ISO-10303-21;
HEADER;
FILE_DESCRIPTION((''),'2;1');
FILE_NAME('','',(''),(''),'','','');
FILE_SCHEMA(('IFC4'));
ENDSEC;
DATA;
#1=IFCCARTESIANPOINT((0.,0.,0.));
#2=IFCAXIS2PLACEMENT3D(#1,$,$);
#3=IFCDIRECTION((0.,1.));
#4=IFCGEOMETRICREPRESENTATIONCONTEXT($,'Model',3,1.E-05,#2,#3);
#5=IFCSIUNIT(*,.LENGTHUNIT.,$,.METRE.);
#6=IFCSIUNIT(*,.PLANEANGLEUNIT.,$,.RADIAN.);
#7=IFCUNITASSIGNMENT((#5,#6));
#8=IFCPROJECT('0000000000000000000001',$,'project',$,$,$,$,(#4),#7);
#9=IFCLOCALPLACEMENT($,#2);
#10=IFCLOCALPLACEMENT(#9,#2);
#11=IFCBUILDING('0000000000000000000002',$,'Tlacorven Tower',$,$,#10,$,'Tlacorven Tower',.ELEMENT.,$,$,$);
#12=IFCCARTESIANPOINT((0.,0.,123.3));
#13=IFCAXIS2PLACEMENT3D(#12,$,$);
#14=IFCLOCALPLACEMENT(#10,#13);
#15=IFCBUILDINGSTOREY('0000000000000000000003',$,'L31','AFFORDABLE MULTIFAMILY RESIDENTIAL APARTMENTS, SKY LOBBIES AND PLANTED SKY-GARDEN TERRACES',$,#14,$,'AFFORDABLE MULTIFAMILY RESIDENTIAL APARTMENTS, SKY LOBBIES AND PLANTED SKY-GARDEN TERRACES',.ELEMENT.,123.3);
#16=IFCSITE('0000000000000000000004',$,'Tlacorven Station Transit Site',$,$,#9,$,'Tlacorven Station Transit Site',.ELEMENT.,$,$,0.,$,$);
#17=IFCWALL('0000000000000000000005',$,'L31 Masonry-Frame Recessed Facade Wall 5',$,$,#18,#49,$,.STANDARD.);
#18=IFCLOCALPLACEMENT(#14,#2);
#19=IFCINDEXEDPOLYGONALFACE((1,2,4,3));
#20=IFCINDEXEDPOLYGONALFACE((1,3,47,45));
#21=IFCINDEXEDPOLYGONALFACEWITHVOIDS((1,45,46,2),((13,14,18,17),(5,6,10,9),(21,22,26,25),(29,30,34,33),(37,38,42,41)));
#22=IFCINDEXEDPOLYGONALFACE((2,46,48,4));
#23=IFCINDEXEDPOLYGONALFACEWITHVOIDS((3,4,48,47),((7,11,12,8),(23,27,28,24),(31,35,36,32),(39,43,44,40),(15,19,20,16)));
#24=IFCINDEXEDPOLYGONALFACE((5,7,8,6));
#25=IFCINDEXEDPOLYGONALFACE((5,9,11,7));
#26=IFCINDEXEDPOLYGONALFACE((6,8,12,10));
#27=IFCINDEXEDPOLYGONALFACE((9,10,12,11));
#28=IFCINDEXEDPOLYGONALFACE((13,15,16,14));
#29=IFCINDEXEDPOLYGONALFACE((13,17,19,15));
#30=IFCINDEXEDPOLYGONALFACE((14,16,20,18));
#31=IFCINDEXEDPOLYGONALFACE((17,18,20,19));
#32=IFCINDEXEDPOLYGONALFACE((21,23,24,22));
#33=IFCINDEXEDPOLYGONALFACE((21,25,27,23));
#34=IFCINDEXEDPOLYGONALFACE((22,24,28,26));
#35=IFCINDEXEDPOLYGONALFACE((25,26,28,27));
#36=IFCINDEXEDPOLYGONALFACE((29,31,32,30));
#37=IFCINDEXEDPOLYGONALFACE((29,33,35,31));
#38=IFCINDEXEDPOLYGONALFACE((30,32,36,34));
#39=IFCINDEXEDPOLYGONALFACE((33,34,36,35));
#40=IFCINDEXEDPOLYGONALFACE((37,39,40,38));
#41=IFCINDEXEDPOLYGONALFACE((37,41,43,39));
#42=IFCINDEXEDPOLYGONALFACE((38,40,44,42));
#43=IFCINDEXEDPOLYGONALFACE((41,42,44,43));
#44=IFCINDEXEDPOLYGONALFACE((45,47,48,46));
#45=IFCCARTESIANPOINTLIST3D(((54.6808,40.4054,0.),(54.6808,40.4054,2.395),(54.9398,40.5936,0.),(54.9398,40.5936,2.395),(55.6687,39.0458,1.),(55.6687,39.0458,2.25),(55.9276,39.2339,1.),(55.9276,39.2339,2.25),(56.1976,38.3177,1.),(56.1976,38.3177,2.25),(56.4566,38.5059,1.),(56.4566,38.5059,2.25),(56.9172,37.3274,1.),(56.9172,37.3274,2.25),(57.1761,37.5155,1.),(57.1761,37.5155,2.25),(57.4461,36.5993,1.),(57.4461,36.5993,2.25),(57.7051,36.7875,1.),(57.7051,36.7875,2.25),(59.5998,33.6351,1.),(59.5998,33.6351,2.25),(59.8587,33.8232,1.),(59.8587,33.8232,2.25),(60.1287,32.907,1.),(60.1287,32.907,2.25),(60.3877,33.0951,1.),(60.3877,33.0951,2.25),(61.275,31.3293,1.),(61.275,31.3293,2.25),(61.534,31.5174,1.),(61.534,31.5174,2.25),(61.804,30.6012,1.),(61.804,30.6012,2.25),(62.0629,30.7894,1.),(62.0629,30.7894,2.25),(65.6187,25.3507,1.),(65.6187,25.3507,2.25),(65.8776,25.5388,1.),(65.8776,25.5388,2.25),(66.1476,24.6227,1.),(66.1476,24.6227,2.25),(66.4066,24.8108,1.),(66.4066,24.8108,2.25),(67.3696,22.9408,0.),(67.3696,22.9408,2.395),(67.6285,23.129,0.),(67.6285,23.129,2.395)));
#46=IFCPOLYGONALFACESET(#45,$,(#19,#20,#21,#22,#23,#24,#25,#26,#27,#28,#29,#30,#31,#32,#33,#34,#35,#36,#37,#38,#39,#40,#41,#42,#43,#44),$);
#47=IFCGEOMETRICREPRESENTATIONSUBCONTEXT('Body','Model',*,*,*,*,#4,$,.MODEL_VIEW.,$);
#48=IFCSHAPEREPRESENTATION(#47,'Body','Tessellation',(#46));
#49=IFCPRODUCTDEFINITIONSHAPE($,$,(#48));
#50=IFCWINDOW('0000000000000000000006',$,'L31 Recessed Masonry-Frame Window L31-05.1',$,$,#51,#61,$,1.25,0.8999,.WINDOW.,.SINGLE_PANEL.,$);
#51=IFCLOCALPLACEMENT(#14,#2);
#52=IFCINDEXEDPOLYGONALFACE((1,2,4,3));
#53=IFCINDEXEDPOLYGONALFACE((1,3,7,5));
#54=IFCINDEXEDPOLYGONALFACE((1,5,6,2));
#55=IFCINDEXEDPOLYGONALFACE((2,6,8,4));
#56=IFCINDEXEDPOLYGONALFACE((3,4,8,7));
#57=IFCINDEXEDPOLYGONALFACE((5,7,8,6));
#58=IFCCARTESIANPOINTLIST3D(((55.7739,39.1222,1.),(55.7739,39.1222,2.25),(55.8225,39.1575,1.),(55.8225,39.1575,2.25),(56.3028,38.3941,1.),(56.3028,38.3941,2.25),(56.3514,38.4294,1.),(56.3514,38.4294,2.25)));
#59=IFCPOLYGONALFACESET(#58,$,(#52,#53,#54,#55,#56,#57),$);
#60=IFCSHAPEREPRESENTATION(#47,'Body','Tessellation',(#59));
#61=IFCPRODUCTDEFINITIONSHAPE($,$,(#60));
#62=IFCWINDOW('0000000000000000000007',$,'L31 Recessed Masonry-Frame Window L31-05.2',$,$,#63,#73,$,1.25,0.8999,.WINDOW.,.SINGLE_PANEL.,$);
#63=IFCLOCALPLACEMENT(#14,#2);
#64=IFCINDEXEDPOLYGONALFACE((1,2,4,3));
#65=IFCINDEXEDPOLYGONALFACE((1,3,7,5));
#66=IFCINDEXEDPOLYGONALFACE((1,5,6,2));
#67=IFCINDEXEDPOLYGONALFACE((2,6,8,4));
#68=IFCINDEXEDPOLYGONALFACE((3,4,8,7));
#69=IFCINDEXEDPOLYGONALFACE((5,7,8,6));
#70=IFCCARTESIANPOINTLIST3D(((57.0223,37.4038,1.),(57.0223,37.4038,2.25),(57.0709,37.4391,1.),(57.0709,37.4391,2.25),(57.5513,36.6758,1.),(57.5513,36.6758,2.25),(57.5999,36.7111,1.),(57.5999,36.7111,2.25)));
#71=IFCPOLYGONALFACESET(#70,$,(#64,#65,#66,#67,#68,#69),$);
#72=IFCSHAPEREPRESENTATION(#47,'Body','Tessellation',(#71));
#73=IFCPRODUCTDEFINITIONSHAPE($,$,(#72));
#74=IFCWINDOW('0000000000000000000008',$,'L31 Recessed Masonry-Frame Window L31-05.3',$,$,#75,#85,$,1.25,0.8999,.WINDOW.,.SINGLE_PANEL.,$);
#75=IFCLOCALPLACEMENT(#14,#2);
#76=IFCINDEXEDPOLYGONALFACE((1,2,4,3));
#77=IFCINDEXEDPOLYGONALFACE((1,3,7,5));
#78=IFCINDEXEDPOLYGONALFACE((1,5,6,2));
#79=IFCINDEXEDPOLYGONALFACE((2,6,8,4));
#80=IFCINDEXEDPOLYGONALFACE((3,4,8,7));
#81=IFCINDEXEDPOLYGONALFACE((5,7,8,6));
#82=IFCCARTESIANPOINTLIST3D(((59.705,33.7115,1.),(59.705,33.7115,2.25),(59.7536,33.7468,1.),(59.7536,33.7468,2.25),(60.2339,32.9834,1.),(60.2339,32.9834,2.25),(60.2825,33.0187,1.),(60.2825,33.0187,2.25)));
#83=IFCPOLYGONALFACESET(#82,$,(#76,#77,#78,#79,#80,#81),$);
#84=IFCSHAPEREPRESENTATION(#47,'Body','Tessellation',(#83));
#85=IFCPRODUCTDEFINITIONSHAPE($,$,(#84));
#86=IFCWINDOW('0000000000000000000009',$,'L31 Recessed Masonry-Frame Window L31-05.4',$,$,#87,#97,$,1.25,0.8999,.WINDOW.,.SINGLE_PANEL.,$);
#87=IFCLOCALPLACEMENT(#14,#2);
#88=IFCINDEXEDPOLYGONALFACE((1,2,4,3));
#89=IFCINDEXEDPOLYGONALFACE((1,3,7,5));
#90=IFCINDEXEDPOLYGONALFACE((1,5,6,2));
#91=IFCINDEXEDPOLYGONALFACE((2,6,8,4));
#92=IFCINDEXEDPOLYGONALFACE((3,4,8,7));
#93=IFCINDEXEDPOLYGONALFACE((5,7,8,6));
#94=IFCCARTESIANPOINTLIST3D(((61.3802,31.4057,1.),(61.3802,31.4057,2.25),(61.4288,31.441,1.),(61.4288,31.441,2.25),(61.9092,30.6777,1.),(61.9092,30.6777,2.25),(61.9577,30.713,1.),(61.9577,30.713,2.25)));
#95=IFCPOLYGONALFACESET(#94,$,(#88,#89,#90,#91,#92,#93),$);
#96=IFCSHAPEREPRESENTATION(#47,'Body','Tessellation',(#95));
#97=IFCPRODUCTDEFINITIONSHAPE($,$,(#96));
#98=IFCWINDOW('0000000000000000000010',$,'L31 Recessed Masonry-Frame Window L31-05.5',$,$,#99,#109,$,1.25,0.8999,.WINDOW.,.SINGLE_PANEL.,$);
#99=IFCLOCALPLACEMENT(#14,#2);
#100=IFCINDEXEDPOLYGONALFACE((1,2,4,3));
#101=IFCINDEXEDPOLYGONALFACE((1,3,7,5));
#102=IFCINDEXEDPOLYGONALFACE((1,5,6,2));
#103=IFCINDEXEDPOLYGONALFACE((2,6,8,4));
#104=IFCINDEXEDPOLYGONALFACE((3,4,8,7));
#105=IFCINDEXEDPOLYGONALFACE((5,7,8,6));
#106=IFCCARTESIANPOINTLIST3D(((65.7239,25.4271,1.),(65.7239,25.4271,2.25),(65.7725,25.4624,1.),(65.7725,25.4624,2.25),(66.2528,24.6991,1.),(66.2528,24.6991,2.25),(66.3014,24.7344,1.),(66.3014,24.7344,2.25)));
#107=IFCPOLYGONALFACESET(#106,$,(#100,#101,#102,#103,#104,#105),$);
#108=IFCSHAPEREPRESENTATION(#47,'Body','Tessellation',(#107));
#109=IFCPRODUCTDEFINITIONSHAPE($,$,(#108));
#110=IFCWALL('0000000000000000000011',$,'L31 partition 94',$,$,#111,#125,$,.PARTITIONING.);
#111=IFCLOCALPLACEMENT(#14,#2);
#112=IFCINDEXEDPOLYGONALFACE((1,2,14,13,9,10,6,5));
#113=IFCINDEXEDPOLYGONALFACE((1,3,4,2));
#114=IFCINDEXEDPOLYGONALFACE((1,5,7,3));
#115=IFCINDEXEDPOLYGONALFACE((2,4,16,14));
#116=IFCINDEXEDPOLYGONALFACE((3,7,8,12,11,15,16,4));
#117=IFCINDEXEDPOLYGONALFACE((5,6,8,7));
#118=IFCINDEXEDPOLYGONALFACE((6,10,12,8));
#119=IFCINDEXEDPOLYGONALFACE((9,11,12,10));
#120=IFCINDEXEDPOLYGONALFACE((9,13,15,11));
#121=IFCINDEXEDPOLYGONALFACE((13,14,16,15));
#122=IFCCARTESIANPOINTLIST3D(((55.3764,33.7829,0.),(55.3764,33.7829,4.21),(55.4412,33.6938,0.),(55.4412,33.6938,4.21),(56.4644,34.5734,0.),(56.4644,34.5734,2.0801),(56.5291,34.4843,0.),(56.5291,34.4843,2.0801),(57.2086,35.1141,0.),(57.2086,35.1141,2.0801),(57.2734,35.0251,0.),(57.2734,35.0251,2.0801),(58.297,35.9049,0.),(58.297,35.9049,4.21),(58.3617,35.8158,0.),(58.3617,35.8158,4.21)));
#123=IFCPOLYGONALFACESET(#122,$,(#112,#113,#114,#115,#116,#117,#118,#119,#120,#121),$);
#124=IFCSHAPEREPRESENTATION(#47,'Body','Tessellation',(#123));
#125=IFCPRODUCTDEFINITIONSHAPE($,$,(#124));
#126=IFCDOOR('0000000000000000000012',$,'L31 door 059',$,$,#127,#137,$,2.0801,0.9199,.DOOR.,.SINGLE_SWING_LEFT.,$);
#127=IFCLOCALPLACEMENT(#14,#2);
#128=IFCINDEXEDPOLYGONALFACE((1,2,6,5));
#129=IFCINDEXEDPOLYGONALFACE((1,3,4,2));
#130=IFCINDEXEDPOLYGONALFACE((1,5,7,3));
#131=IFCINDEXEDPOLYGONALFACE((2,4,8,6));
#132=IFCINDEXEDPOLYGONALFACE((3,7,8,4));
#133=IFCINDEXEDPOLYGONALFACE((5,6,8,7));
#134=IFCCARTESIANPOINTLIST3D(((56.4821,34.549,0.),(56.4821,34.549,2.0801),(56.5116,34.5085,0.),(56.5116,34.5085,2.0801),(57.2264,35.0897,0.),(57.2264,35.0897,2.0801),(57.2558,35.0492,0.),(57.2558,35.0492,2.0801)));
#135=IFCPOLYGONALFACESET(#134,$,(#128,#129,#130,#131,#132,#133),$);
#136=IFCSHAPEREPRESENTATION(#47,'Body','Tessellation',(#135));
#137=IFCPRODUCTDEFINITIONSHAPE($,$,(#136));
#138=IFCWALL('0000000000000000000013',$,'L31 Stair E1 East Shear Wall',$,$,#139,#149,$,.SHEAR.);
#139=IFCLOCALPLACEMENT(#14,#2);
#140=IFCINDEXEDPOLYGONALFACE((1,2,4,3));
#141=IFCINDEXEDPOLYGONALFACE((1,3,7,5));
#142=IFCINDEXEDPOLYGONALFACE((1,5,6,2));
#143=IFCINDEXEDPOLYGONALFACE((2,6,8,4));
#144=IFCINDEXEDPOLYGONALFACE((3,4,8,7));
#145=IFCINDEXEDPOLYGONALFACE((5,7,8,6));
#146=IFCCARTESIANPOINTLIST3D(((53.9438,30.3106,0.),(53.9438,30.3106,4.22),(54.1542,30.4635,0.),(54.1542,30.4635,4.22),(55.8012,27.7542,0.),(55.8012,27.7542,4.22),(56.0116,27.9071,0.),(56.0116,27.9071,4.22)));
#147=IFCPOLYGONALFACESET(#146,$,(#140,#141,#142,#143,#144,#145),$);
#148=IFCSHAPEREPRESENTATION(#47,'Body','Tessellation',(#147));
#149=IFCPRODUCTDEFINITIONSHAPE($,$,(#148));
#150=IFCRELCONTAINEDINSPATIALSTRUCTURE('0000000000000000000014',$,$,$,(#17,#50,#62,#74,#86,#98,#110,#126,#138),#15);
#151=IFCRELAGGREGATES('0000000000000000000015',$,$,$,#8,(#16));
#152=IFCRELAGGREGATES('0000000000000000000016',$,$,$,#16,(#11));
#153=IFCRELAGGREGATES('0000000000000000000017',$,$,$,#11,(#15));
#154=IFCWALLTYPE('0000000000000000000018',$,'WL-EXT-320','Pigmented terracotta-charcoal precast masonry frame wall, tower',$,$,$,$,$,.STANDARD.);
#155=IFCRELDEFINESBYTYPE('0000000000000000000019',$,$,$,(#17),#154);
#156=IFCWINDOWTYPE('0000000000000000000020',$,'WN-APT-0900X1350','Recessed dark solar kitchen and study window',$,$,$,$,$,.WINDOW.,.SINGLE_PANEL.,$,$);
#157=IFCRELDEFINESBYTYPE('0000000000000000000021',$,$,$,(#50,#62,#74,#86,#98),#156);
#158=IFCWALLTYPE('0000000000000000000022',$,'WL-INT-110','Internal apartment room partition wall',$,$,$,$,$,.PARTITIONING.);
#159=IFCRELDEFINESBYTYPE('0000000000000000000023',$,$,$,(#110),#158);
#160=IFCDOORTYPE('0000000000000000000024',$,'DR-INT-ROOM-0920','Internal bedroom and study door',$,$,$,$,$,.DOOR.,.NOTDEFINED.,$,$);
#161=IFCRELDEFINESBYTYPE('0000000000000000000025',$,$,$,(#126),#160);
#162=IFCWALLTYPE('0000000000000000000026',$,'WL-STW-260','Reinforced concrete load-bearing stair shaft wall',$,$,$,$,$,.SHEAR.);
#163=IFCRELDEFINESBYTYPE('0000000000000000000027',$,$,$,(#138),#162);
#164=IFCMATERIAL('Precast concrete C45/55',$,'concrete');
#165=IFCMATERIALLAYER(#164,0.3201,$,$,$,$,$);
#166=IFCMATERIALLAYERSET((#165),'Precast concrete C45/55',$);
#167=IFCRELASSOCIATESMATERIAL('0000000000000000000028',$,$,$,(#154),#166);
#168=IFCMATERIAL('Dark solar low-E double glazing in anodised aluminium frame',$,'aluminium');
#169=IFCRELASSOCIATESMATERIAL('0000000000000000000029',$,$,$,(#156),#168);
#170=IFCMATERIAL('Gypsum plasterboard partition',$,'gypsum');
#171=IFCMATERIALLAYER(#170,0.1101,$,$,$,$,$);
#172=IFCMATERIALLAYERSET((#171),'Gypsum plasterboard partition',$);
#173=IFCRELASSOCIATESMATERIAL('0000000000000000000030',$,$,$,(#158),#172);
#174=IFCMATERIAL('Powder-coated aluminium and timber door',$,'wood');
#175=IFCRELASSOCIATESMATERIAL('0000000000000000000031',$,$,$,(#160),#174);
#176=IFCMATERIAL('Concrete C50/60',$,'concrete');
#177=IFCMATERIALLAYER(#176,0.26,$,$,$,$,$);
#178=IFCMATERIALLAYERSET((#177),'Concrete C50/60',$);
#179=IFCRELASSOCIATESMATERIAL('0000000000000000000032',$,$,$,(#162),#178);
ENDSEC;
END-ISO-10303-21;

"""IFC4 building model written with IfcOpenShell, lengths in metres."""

from ifc_helpers import new_model, si_unit, direction, frame, frame_2d, origin, place, context, subcontext, project, spatial, rectangle, extrude, source, transform, mapped, material, layer, layer_set, type_object, element, fill, save


model = new_model("IFC4")

# Units and contexts
model_context = context("Model", 3, precision=1e-05, world=origin(), true_north=direction((0.0, 1.0)))
body_context = subcontext(model_context, "Body", "Model", "MODEL_VIEW")
ifc_project = project(units=[si_unit("LENGTHUNIT", "METRE"), si_unit("PLANEANGLEUNIT", "RADIAN")], contexts=[model_context])

# Site, building, storey
site_placement = place(None, origin())
site = spatial("IfcSite", under=ifc_project, at=site_placement, Name="Tlacorven Station Transit Site", LongName="Tlacorven Station Transit Site", CompositionType="ELEMENT", RefElevation=0.0)
building_placement = place(site_placement, origin())
building = spatial("IfcBuilding", under=site, at=building_placement, Name="Tlacorven Tower", LongName="Tlacorven Tower", CompositionType="ELEMENT")
storey_placement = place(building_placement, frame((0.0, 0.0, 123.3)))
storey = spatial("IfcBuildingStorey", under=building, at=storey_placement, Name="L31", Description="AFFORDABLE MULTIFAMILY RESIDENTIAL APARTMENTS, SKY LOBBIES AND PLANTED SKY-GARDEN TERRACES", LongName="AFFORDABLE MULTIFAMILY RESIDENTIAL APARTMENTS, SKY LOBBIES AND PLANTED SKY-GARDEN TERRACES", CompositionType="ELEMENT", Elevation=123.3)

# Wall, openings, windows
ifc_material_1 = material(Name="Precast concrete C45/55", Category="concrete")
ifc_layer_1 = layer(ifc_material_1, 0.3201)
ifc_layer_set_1 = layer_set([ifc_layer_1], Name="Precast concrete C45/55")
wall_type_1 = type_object("IfcWallType", Name="WL-EXT-320", Description="Pigmented terracotta-charcoal precast masonry frame wall, tower", PredefinedType="STANDARD", material=ifc_layer_set_1)
wall_1_placement = place(storey_placement, frame((54.8103, 40.4995, 0.0), z_axis=(0.0, 0.0, 1.0), x_axis=(0.587784, -0.809018, 0.0)))
wall_1 = element("IfcWall", 1, at=wall_1_placement, inside=storey, type_object=wall_type_1, Name="L31 Masonry-Frame Recessed Facade Wall 5", PredefinedType="STANDARD", context=body_context, shape_type="SweptSolid", body=[
    extrude(rectangle(XDim=21.5874, YDim=0.3201, at=frame_2d((10.7937, 0.0))), origin(), (0.0, 0.0, 1.0), 2.395),
])
opening_1_placement = place(wall_1_placement, frame((1.6807, 0.0, 1.0)))
opening_1 = element("IfcOpeningElement", 2, at=opening_1_placement, cuts=wall_1, PredefinedType="OPENING", context=body_context, shape_type="SweptSolid", body=[
    extrude(rectangle(XDim=0.8999, YDim=1.25, at=frame_2d((0.45, 0.625))), frame((0.0, 0.1699, 0.0), z_axis=(0.0, -1.0, 0.0), x_axis=(1.0, 0.0, 0.0)), (0.0, 0.0, 1.0), 0.3401),
])
opening_2_placement = place(wall_1_placement, frame((3.8047, 0.0, 1.0)))
opening_2 = element("IfcOpeningElement", 3, at=opening_2_placement, cuts=wall_1, PredefinedType="OPENING", context=body_context, shape_type="SweptSolid", body=[
    extrude(rectangle(XDim=0.8999, YDim=1.25, at=frame_2d((0.45, 0.625))), frame((0.0, 0.1699, 0.0), z_axis=(0.0, -1.0, 0.0), x_axis=(1.0, 0.0, 0.0)), (0.0, 0.0, 1.0), 0.3401),
])
opening_3_placement = place(wall_1_placement, frame((8.3687, 0.0, 1.0)))
opening_3 = element("IfcOpeningElement", 4, at=opening_3_placement, cuts=wall_1, PredefinedType="OPENING", context=body_context, shape_type="SweptSolid", body=[
    extrude(rectangle(XDim=0.8999, YDim=1.25, at=frame_2d((0.45, 0.625))), frame((0.0, 0.1699, 0.0), z_axis=(0.0, -1.0, 0.0), x_axis=(1.0, 0.0, 0.0)), (0.0, 0.0, 1.0), 0.3401),
])
opening_4_placement = place(wall_1_placement, frame((11.2188, 0.0, 1.0)))
opening_4 = element("IfcOpeningElement", 5, at=opening_4_placement, cuts=wall_1, PredefinedType="OPENING", context=body_context, shape_type="SweptSolid", body=[
    extrude(rectangle(XDim=0.8999, YDim=1.25, at=frame_2d((0.45, 0.625))), frame((0.0, 0.1699, 0.0), z_axis=(0.0, -1.0, 0.0), x_axis=(1.0, 0.0, 0.0)), (0.0, 0.0, 1.0), 0.3401),
])
opening_5_placement = place(wall_1_placement, frame((18.6086, 0.0, 1.0)))
opening_5 = element("IfcOpeningElement", 6, at=opening_5_placement, cuts=wall_1, PredefinedType="OPENING", context=body_context, shape_type="SweptSolid", body=[
    extrude(rectangle(XDim=0.8999, YDim=1.25, at=frame_2d((0.45, 0.625))), frame((0.0, 0.1699, 0.0), z_axis=(0.0, -1.0, 0.0), x_axis=(1.0, 0.0, 0.0)), (0.0, 0.0, 1.0), 0.3401),
])
ifc_material_2 = material(Name="Dark solar low-E double glazing in anodised aluminium frame", Category="aluminium")
window_type = type_object("IfcWindowType", Name="WN-APT-0900X1350", Description="Recessed dark solar kitchen and study window", PartitioningType="SINGLE_PANEL", PredefinedType="WINDOW", material=ifc_material_2)
shared_shape_1 = source(origin(), body_context, "Body", "SweptSolid", [
    extrude(rectangle(XDim=0.8999, YDim=1.25, at=frame_2d((0.45, 0.625))), frame((0.0, 0.03, 0.0), z_axis=(0.0, -1.0, 0.0), x_axis=(1.0, 0.0, 0.0)), (0.0, 0.0, 1.0), 0.0601),
])
window_1_placement = place(opening_1_placement, origin())
window_1 = element("IfcWindow", 7, at=window_1_placement, inside=storey, type_object=window_type, Name="L31 Recessed Masonry-Frame Window L31-05.1", OverallHeight=1.25, OverallWidth=0.8999, PartitioningType="SINGLE_PANEL", PredefinedType="WINDOW", context=body_context, shape_type="MappedRepresentation", body=[
    mapped(shared_shape_1, transform((0.0, 0.0, 0.0), scale=1.0)),
])
fill(opening_1, window_1)
window_2_placement = place(opening_2_placement, origin())
window_2 = element("IfcWindow", 8, at=window_2_placement, inside=storey, type_object=window_type, Name="L31 Recessed Masonry-Frame Window L31-05.2", OverallHeight=1.25, OverallWidth=0.8999, PartitioningType="SINGLE_PANEL", PredefinedType="WINDOW", context=body_context, shape_type="MappedRepresentation", body=[
    mapped(shared_shape_1, transform((0.0, 0.0, 0.0), scale=1.0)),
])
fill(opening_2, window_2)
window_3_placement = place(opening_3_placement, origin())
window_3 = element("IfcWindow", 9, at=window_3_placement, inside=storey, type_object=window_type, Name="L31 Recessed Masonry-Frame Window L31-05.3", OverallHeight=1.25, OverallWidth=0.8999, PartitioningType="SINGLE_PANEL", PredefinedType="WINDOW", context=body_context, shape_type="MappedRepresentation", body=[
    mapped(shared_shape_1, transform((0.0, 0.0, 0.0), scale=1.0)),
])
fill(opening_3, window_3)
window_4_placement = place(opening_4_placement, origin())
window_4 = element("IfcWindow", 10, at=window_4_placement, inside=storey, type_object=window_type, Name="L31 Recessed Masonry-Frame Window L31-05.4", OverallHeight=1.25, OverallWidth=0.8999, PartitioningType="SINGLE_PANEL", PredefinedType="WINDOW", context=body_context, shape_type="MappedRepresentation", body=[
    mapped(shared_shape_1, transform((0.0, 0.0, 0.0), scale=1.0)),
])
fill(opening_4, window_4)
window_5_placement = place(opening_5_placement, origin())
window_5 = element("IfcWindow", 11, at=window_5_placement, inside=storey, type_object=window_type, Name="L31 Recessed Masonry-Frame Window L31-05.5", OverallHeight=1.25, OverallWidth=0.8999, PartitioningType="SINGLE_PANEL", PredefinedType="WINDOW", context=body_context, shape_type="MappedRepresentation", body=[
    mapped(shared_shape_1, transform((0.0, 0.0, 0.0), scale=1.0)),
])
fill(opening_5, window_5)

# Wall, opening, door
ifc_material_3 = material(Name="Gypsum plasterboard partition", Category="gypsum")
ifc_layer_2 = layer(ifc_material_3, 0.1101)
ifc_layer_set_2 = layer_set([ifc_layer_2], Name="Gypsum plasterboard partition")
wall_type_2 = type_object("IfcWallType", Name="WL-INT-110", Description="Internal apartment room partition wall", PredefinedType="PARTITIONING", material=ifc_layer_set_2)
wall_2_placement = place(storey_placement, frame((55.4087, 33.7383, 0.0), z_axis=(0.0, 0.0, 1.0), x_axis=(0.809005, 0.587802, 0.0)))
wall_2 = element("IfcWall", 12, at=wall_2_placement, inside=storey, type_object=wall_type_2, Name="L31 partition 94", PredefinedType="PARTITIONING", context=body_context, shape_type="SweptSolid", body=[
    extrude(rectangle(XDim=3.6101, YDim=0.1101, at=frame_2d((1.8052, 0.0))), origin(), (0.0, 0.0, 1.0), 4.21),
])
opening_6_placement = place(wall_2_placement, frame((1.345, 0.0, 0.0)))
opening_6 = element("IfcOpeningElement", 13, at=opening_6_placement, cuts=wall_2, PredefinedType="OPENING", context=body_context, shape_type="SweptSolid", body=[
    extrude(rectangle(XDim=0.9199, YDim=2.0801, at=frame_2d((0.46, 1.04))), frame((0.0, 0.0649, 0.0), z_axis=(0.0, -1.0, 0.0), x_axis=(1.0, 0.0, 0.0)), (0.0, 0.0, 1.0), 0.1301),
])
ifc_material_4 = material(Name="Powder-coated aluminium and timber door", Category="wood")
door_type = type_object("IfcDoorType", Name="DR-INT-ROOM-0920", Description="Internal bedroom and study door", OperationType="NOTDEFINED", PredefinedType="DOOR", material=ifc_material_4)
shared_shape_2 = source(origin(), body_context, "Body", "SweptSolid", [
    extrude(rectangle(XDim=0.9199, YDim=2.0801, at=frame_2d((0.46, 1.04))), frame((0.0, 0.0249, 0.0), z_axis=(0.0, -1.0, 0.0), x_axis=(1.0, 0.0, 0.0)), (0.0, 0.0, 1.0), 0.05),
])
door_placement = place(opening_6_placement, origin())
door = element("IfcDoor", 14, at=door_placement, inside=storey, type_object=door_type, Name="L31 door 059", OperationType="SINGLE_SWING_LEFT", OverallHeight=2.0801, OverallWidth=0.9199, PredefinedType="DOOR", context=body_context, shape_type="MappedRepresentation", body=[
    mapped(shared_shape_2, transform((0.0, 0.0, 0.0), scale=1.0)),
])
fill(opening_6, door)

# Wall
ifc_material_5 = material(Name="Concrete C50/60", Category="concrete")
ifc_layer_3 = layer(ifc_material_5, 0.26)
ifc_layer_set_3 = layer_set([ifc_layer_3], Name="Concrete C50/60")
wall_type_3 = type_object("IfcWallType", Name="WL-STW-260", Description="Reinforced concrete load-bearing stair shaft wall", PredefinedType="SHEAR", material=ifc_layer_set_3)
wall_3_placement = place(storey_placement, frame((55.9065, 27.8306, 0.0), z_axis=(0.0, 0.0, 1.0), x_axis=(-0.587804, 0.809003, 0.0)))
element("IfcWall", 15, at=wall_3_placement, inside=storey, type_object=wall_type_3, Name="L31 Stair E1 East Shear Wall", PredefinedType="SHEAR", context=body_context, shape_type="SweptSolid", body=[
    extrude(rectangle(XDim=3.1599, YDim=0.26, at=frame_2d((1.5801, 0.0))), origin(), (0.0, 0.0, 1.0), 4.22),
])

save(model, "model.ifc")
